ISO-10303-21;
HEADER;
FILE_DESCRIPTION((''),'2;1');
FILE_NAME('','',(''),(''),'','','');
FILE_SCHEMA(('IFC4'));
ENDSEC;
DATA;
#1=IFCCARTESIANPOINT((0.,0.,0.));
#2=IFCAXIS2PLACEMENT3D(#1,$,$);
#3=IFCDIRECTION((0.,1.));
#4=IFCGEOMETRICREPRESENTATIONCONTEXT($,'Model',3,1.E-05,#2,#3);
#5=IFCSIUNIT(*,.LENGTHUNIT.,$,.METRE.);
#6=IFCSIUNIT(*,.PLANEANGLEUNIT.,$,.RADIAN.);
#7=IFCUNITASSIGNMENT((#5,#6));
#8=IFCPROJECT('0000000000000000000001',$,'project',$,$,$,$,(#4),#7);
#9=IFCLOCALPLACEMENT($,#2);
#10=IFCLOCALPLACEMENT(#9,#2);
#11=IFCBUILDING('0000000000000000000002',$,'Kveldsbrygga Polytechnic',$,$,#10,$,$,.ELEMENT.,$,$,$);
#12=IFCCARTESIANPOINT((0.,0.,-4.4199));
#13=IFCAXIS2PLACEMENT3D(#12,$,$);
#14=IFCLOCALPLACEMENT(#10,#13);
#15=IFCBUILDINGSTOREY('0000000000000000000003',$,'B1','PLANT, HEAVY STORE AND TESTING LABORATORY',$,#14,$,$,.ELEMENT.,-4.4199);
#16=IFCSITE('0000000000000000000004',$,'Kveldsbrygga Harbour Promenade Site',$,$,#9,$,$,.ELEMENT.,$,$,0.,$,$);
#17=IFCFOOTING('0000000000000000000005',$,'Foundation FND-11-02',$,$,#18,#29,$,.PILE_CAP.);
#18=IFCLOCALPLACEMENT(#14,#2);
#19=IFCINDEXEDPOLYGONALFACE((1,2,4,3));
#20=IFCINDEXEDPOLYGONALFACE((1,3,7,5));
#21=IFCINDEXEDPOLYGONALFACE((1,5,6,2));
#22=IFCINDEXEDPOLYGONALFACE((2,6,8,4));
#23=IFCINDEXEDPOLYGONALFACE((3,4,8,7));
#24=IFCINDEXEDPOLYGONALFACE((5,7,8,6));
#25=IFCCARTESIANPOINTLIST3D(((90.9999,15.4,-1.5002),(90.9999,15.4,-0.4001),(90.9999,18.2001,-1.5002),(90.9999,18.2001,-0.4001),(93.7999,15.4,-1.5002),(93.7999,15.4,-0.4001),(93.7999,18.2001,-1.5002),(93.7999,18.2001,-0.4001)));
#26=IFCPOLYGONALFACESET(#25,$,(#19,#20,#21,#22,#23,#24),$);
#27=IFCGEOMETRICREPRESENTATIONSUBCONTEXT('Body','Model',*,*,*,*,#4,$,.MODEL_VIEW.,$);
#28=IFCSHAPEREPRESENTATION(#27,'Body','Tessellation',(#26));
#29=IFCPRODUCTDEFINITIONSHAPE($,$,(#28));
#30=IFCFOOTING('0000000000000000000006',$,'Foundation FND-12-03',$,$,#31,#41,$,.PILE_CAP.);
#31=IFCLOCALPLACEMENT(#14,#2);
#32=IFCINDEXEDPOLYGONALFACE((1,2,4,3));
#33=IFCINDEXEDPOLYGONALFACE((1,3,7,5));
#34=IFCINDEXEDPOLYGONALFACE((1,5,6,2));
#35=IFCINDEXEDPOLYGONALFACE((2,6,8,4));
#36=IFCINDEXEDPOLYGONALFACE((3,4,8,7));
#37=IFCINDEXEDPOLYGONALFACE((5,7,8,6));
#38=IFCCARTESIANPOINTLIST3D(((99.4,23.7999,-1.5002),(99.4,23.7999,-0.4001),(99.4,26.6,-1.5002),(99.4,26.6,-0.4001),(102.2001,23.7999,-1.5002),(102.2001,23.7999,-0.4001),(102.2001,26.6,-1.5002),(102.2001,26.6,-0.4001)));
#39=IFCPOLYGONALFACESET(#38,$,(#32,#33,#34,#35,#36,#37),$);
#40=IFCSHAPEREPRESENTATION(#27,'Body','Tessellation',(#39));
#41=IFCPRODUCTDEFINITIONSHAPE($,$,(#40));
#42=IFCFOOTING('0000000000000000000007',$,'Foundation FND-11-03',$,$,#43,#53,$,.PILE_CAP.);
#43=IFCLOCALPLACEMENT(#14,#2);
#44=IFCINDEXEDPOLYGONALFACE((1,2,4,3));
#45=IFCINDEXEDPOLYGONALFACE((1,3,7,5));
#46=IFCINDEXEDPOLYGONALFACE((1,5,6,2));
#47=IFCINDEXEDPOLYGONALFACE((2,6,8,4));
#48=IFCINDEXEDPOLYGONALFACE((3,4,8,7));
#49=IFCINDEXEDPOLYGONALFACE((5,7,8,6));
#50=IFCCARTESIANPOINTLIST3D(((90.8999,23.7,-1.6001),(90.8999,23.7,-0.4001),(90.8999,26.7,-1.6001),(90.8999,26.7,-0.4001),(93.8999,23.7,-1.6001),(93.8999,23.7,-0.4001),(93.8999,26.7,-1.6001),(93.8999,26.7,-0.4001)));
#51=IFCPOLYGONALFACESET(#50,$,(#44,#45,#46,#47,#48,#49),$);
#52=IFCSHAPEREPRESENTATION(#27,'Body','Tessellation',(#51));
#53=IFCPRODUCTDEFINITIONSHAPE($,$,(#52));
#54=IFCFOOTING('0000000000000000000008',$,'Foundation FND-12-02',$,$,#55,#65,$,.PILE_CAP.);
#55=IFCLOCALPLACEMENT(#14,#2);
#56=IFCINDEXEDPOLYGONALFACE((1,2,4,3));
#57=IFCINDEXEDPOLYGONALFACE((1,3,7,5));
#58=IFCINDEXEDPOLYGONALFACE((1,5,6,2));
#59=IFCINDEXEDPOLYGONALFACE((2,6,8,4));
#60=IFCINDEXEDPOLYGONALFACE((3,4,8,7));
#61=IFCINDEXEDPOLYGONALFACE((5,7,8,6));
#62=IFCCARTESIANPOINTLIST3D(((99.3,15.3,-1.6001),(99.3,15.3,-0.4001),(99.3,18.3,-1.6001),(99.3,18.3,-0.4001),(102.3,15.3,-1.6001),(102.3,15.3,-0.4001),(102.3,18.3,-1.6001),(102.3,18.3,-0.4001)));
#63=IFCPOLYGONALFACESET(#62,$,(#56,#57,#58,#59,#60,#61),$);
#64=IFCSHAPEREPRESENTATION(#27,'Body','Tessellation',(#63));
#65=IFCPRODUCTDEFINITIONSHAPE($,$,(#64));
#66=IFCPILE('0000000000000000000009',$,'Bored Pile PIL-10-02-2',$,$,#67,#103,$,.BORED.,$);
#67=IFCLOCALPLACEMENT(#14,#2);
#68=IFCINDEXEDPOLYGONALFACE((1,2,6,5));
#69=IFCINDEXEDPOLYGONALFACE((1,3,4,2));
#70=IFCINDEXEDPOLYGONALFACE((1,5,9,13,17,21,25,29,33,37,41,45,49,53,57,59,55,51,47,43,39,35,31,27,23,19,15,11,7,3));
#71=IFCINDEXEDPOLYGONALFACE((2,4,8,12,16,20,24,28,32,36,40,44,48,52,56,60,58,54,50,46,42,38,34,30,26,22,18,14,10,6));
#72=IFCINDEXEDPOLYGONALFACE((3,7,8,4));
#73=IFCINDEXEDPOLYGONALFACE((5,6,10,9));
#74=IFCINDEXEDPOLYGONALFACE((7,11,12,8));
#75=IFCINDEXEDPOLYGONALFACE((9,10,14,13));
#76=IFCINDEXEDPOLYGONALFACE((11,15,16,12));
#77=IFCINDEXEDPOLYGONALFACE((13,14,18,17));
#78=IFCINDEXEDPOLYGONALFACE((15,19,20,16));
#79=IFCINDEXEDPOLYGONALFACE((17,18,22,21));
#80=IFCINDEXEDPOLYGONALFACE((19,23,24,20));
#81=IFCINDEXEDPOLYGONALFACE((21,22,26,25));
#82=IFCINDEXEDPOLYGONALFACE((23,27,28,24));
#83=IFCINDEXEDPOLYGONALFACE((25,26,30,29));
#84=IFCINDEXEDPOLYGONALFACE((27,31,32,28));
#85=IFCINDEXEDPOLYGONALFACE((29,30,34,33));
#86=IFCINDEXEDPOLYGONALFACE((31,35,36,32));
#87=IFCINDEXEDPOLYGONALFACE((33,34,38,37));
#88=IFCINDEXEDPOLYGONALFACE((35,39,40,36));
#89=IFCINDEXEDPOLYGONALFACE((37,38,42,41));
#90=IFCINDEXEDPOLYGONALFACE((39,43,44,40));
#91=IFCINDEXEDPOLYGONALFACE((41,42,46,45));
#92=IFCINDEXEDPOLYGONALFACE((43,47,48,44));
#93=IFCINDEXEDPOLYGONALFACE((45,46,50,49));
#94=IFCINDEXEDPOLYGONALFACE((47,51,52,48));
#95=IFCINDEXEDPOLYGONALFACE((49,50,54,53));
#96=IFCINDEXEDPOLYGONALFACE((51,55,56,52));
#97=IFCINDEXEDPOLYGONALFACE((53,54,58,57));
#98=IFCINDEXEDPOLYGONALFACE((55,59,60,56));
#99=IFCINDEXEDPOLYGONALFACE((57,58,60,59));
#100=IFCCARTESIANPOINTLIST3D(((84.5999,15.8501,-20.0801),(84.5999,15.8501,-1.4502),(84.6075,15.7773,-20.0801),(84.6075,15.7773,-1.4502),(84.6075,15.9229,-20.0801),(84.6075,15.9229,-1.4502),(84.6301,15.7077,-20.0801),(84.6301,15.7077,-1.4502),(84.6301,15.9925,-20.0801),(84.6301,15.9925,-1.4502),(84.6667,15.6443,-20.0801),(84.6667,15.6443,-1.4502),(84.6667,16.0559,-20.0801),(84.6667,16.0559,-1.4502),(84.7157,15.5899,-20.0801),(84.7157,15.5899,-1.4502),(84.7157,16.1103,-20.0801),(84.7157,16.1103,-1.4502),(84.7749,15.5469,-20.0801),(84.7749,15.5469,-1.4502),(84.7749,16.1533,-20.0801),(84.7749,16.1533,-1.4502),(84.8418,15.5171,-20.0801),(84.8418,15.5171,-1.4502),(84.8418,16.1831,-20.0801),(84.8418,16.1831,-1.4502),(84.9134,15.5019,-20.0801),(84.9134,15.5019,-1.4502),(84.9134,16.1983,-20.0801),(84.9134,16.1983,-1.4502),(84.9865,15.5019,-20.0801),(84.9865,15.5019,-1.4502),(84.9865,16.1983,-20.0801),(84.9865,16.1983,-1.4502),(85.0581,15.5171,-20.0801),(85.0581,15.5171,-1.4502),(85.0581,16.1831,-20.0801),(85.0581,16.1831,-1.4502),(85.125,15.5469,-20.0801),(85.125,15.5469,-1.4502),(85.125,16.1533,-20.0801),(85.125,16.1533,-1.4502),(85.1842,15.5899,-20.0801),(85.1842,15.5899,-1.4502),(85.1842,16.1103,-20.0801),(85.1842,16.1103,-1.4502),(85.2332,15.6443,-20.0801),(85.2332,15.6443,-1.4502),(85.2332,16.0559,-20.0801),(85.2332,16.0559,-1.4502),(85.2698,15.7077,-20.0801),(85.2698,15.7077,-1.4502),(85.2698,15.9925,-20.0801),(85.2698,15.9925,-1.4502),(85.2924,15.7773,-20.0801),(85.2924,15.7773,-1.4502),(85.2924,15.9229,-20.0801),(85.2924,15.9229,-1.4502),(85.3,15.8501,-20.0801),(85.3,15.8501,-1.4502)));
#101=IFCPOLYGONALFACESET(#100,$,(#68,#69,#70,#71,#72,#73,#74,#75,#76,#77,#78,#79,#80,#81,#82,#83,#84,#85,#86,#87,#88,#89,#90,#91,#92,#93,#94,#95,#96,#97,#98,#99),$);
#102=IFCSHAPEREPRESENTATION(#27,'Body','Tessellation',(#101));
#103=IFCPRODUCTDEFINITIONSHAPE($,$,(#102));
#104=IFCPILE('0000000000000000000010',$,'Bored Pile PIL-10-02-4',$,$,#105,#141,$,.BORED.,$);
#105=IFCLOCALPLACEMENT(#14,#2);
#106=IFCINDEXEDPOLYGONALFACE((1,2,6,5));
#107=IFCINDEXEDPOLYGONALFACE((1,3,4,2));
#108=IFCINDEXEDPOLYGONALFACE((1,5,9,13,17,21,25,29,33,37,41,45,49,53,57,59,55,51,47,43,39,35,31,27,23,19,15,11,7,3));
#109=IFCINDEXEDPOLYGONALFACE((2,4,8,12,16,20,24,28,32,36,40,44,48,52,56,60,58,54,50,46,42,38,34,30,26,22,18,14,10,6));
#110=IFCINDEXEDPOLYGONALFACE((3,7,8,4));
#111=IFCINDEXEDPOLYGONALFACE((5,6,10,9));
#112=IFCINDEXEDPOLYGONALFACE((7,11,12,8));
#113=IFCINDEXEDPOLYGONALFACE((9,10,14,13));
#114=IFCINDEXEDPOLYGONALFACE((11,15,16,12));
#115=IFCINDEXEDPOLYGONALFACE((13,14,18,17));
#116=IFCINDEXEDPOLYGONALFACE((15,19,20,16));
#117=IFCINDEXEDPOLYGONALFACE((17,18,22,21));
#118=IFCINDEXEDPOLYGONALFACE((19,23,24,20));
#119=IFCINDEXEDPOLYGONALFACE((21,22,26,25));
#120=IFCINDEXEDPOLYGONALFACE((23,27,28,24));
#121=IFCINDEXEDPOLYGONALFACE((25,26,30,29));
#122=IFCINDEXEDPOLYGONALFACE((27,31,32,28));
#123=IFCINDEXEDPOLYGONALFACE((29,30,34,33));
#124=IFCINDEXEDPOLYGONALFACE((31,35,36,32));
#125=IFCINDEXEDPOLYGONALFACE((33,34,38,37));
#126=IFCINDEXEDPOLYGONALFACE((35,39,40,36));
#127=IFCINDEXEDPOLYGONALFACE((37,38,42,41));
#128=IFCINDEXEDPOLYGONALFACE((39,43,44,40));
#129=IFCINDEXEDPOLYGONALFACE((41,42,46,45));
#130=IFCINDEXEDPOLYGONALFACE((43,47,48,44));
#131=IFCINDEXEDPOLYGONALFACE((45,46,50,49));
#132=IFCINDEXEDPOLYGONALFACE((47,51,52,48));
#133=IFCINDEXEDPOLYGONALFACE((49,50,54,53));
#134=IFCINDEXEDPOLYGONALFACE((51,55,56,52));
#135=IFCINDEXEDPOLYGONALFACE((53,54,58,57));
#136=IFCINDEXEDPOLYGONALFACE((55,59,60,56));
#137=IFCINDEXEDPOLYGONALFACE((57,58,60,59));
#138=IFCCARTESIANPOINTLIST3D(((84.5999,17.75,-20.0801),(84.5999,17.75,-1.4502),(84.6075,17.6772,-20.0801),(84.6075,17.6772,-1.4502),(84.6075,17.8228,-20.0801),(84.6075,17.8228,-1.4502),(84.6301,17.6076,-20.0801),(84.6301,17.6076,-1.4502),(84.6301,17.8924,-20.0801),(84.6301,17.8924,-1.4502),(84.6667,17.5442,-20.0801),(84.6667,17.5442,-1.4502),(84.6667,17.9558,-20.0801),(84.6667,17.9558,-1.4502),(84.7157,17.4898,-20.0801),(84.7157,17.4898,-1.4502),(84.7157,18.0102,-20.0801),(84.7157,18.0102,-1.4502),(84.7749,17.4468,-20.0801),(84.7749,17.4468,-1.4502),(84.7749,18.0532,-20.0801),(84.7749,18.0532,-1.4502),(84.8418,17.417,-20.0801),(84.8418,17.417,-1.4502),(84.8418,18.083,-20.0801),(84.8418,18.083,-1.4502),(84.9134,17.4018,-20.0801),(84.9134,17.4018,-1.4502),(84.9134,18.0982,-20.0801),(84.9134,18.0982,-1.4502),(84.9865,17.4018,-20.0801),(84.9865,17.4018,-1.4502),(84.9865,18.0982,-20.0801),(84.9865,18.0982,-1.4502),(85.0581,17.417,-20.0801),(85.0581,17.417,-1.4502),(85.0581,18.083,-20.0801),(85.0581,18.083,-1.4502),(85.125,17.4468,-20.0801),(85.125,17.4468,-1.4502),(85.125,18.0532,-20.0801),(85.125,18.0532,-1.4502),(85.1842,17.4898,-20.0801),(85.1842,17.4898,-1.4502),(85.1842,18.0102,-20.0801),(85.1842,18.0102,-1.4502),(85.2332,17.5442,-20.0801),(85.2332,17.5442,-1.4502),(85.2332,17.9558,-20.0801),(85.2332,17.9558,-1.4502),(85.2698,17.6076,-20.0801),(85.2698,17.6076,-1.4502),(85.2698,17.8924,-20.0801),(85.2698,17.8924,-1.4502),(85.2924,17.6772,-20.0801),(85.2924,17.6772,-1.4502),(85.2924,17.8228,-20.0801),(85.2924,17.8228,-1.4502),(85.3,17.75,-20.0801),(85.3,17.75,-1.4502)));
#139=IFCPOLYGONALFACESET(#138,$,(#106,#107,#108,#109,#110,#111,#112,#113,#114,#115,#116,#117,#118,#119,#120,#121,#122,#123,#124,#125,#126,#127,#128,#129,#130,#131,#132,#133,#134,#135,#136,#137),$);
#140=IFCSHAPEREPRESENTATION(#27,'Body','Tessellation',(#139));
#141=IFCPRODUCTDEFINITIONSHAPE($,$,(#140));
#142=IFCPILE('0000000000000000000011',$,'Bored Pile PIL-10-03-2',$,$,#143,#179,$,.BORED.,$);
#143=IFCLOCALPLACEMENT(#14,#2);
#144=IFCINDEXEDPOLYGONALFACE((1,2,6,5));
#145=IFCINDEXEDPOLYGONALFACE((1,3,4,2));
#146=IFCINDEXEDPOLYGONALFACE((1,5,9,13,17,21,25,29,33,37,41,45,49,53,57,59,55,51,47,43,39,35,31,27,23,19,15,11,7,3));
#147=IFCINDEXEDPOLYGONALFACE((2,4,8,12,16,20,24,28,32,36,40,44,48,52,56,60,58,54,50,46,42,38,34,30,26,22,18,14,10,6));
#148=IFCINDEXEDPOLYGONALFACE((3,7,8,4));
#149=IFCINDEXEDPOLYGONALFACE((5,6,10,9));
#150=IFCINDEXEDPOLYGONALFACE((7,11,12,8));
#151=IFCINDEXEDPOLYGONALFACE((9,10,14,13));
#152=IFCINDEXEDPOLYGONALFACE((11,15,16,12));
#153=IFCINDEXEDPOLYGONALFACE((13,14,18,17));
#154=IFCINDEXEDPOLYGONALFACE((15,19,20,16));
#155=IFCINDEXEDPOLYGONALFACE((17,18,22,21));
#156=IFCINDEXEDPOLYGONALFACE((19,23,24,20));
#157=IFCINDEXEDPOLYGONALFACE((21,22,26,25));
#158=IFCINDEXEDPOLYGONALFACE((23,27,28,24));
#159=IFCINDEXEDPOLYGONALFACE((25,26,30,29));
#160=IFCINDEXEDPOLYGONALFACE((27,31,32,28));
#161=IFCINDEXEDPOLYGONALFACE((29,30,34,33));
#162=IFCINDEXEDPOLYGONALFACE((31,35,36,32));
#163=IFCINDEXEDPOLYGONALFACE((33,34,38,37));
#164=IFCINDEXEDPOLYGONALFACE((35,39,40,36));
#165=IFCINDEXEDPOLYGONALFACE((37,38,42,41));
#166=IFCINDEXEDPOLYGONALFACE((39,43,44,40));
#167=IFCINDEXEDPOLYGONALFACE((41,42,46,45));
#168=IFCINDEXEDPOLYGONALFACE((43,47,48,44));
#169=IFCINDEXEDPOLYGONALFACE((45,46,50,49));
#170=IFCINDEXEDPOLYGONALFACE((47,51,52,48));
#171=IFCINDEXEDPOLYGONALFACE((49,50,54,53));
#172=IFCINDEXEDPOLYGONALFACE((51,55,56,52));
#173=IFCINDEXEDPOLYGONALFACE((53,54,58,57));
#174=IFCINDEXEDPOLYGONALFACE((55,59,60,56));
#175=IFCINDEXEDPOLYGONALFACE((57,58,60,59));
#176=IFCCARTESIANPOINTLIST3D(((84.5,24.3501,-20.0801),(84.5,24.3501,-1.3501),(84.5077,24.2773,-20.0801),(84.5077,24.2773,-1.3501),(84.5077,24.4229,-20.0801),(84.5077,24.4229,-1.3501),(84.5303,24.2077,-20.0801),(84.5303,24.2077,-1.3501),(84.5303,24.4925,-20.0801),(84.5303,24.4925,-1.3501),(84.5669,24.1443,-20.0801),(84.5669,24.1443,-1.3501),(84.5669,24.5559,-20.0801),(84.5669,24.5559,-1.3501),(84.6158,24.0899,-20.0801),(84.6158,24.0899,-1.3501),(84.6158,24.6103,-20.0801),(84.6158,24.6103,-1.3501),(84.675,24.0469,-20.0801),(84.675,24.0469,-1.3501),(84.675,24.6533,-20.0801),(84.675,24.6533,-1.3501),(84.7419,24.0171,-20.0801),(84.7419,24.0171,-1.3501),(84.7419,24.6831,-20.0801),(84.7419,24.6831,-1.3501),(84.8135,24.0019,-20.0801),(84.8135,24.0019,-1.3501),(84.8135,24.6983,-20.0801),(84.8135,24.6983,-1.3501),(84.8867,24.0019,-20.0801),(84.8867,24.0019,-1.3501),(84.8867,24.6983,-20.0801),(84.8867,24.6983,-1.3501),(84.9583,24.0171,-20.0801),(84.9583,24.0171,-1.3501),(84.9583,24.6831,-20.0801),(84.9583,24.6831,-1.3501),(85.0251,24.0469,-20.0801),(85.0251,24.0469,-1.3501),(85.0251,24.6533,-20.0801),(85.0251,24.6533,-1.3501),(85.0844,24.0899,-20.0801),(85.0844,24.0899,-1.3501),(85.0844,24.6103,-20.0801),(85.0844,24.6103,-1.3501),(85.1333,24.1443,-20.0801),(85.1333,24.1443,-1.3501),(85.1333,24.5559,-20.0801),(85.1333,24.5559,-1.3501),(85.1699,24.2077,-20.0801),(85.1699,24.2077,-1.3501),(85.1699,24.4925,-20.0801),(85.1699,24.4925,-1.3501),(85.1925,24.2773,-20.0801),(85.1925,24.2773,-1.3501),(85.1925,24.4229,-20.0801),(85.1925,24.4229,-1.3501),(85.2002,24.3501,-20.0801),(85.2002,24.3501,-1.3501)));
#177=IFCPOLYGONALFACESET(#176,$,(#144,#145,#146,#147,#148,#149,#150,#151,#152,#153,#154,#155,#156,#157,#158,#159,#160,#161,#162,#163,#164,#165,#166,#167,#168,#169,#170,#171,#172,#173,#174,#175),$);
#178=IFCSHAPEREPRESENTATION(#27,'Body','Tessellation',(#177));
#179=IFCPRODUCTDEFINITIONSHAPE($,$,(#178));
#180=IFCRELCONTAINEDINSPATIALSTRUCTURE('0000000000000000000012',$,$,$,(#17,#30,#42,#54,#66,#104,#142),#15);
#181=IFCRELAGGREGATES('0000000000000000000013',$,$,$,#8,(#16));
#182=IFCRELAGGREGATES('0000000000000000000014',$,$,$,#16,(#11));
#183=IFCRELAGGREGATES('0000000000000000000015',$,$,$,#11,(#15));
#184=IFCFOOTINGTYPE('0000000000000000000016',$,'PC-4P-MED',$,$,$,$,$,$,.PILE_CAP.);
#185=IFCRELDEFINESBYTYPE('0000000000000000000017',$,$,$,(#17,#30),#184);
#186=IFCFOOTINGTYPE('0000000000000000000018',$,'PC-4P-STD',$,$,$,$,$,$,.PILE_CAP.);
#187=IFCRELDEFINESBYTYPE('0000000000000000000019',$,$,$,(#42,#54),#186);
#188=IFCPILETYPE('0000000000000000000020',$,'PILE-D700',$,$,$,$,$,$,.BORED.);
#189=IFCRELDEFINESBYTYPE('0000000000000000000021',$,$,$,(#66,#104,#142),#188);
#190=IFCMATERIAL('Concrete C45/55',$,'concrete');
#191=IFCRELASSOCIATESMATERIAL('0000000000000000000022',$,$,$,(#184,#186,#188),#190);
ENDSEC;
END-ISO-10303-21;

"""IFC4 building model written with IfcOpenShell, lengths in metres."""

from ifc_helpers import new_model, si_unit, direction, frame, origin, origin_2d, place, context, subcontext, project, spatial, rectangle, circle, extrude, material, material_profile, profile_set, type_object, element, save


model = new_model("IFC4")

# Units and contexts
model_context = context("Model", 3, precision=1e-05, world=origin(), true_north=direction((0.0, 1.0)))
body_context = subcontext(model_context, "Body", "Model", "MODEL_VIEW")
ifc_project = project(units=[si_unit("LENGTHUNIT", "METRE"), si_unit("PLANEANGLEUNIT", "RADIAN")], contexts=[model_context])

# Site, building, storey
site_placement = place(None, origin())
site = spatial("IfcSite", under=ifc_project, at=site_placement, Name="Kveldsbrygga Harbour Promenade Site", CompositionType="ELEMENT", RefElevation=0.0)
building_placement = place(site_placement, origin())
building = spatial("IfcBuilding", under=site, at=building_placement, Name="Kveldsbrygga Polytechnic", CompositionType="ELEMENT")
storey_placement = place(building_placement, frame((0.0, 0.0, -4.4199)))
storey = spatial("IfcBuildingStorey", under=building, at=storey_placement, Name="B1", Description="PLANT, HEAVY STORE AND TESTING LABORATORY", CompositionType="ELEMENT", Elevation=-4.4199)

# Footings
ifc_material_1 = material(Name="Concrete C45/55", Category="concrete")
footing_type_1 = type_object("IfcFootingType", Name="PC-4P-MED", PredefinedType="PILE_CAP", material=ifc_material_1)
for number, where, z_axis, x_axis, name in (
    (1, (92.3999, 16.8, -1.5002), (0.0, 0.0, 1.0), (1.0, 0.0, 0.0), "Foundation FND-11-02"),
    (2, (100.8, 25.2, -1.5002), (0.0, 0.0, 1.0), (1.0, 0.0, 0.0), "Foundation FND-12-03"),
):
    element("IfcFooting", number, at=place(storey_placement, frame(where, z_axis=z_axis, x_axis=x_axis)), inside=storey, type_object=footing_type_1, Name=name, PredefinedType="PILE_CAP", context=body_context, shape_type="SweptSolid", body=[
        extrude(rectangle(XDim=2.8, YDim=2.8, at=origin_2d()), origin(), (0.0, 0.0, 1.0), 1.1001),
    ])
footing_type_2 = type_object("IfcFootingType", Name="PC-4P-STD", PredefinedType="PILE_CAP", material=ifc_material_1)
for number, where, z_axis, x_axis, name in (
    (3, (92.3999, 25.2, -1.6001), (0.0, 0.0, 1.0), (1.0, 0.0, 0.0), "Foundation FND-11-03"),
    (4, (100.8, 16.8, -1.6001), (0.0, 0.0, 1.0), (1.0, 0.0, 0.0), "Foundation FND-12-02"),
):
    element("IfcFooting", number, at=place(storey_placement, frame(where, z_axis=z_axis, x_axis=x_axis)), inside=storey, type_object=footing_type_2, Name=name, PredefinedType="PILE_CAP", context=body_context, shape_type="SweptSolid", body=[
        extrude(rectangle(XDim=3.0, YDim=3.0, at=origin_2d()), origin(), (0.0, 0.0, 1.0), 1.2),
    ])

# Piles
ifc_material_profile_1 = material_profile(ifc_material_1, circle(Radius=0.3501, at=origin_2d()), Name="PILE D700")
ifc_profile_set_1 = profile_set([ifc_material_profile_1], Name="Concrete C45/55")
pile_type = type_object("IfcPileType", Name="PILE-D700", PredefinedType="BORED", material=ifc_profile_set_1)
for number, where, z_axis, x_axis, name in (
    (5, (84.95, 15.8501, -1.4502), (0.0, 0.0, -1.0), (1.0, 0.0, 0.0), "Bored Pile PIL-10-02-2"),
    (6, (84.95, 17.75, -1.4502), (0.0, 0.0, -1.0), (1.0, 0.0, 0.0), "Bored Pile PIL-10-02-4"),
):
    element("IfcPile", number, at=place(storey_placement, frame(where, z_axis=z_axis, x_axis=x_axis)), inside=storey, type_object=pile_type, Name=name, PredefinedType="BORED", context=body_context, shape_type="SweptSolid", body=[
        extrude(circle(Radius=0.3501, at=origin_2d()), origin(), (0.0, 0.0, 1.0), 18.6299),
    ])
for number, where, z_axis, x_axis, name in (
    (7, (84.8501, 24.3501, -1.3501), (0.0, 0.0, -1.0), (1.0, 0.0, 0.0), "Bored Pile PIL-10-03-2"),
):
    element("IfcPile", number, at=place(storey_placement, frame(where, z_axis=z_axis, x_axis=x_axis)), inside=storey, type_object=pile_type, Name=name, PredefinedType="BORED", context=body_context, shape_type="SweptSolid", body=[
        extrude(circle(Radius=0.3501, at=origin_2d()), origin(), (0.0, 0.0, 1.0), 18.73),
    ])

save(model, "model.ifc")
